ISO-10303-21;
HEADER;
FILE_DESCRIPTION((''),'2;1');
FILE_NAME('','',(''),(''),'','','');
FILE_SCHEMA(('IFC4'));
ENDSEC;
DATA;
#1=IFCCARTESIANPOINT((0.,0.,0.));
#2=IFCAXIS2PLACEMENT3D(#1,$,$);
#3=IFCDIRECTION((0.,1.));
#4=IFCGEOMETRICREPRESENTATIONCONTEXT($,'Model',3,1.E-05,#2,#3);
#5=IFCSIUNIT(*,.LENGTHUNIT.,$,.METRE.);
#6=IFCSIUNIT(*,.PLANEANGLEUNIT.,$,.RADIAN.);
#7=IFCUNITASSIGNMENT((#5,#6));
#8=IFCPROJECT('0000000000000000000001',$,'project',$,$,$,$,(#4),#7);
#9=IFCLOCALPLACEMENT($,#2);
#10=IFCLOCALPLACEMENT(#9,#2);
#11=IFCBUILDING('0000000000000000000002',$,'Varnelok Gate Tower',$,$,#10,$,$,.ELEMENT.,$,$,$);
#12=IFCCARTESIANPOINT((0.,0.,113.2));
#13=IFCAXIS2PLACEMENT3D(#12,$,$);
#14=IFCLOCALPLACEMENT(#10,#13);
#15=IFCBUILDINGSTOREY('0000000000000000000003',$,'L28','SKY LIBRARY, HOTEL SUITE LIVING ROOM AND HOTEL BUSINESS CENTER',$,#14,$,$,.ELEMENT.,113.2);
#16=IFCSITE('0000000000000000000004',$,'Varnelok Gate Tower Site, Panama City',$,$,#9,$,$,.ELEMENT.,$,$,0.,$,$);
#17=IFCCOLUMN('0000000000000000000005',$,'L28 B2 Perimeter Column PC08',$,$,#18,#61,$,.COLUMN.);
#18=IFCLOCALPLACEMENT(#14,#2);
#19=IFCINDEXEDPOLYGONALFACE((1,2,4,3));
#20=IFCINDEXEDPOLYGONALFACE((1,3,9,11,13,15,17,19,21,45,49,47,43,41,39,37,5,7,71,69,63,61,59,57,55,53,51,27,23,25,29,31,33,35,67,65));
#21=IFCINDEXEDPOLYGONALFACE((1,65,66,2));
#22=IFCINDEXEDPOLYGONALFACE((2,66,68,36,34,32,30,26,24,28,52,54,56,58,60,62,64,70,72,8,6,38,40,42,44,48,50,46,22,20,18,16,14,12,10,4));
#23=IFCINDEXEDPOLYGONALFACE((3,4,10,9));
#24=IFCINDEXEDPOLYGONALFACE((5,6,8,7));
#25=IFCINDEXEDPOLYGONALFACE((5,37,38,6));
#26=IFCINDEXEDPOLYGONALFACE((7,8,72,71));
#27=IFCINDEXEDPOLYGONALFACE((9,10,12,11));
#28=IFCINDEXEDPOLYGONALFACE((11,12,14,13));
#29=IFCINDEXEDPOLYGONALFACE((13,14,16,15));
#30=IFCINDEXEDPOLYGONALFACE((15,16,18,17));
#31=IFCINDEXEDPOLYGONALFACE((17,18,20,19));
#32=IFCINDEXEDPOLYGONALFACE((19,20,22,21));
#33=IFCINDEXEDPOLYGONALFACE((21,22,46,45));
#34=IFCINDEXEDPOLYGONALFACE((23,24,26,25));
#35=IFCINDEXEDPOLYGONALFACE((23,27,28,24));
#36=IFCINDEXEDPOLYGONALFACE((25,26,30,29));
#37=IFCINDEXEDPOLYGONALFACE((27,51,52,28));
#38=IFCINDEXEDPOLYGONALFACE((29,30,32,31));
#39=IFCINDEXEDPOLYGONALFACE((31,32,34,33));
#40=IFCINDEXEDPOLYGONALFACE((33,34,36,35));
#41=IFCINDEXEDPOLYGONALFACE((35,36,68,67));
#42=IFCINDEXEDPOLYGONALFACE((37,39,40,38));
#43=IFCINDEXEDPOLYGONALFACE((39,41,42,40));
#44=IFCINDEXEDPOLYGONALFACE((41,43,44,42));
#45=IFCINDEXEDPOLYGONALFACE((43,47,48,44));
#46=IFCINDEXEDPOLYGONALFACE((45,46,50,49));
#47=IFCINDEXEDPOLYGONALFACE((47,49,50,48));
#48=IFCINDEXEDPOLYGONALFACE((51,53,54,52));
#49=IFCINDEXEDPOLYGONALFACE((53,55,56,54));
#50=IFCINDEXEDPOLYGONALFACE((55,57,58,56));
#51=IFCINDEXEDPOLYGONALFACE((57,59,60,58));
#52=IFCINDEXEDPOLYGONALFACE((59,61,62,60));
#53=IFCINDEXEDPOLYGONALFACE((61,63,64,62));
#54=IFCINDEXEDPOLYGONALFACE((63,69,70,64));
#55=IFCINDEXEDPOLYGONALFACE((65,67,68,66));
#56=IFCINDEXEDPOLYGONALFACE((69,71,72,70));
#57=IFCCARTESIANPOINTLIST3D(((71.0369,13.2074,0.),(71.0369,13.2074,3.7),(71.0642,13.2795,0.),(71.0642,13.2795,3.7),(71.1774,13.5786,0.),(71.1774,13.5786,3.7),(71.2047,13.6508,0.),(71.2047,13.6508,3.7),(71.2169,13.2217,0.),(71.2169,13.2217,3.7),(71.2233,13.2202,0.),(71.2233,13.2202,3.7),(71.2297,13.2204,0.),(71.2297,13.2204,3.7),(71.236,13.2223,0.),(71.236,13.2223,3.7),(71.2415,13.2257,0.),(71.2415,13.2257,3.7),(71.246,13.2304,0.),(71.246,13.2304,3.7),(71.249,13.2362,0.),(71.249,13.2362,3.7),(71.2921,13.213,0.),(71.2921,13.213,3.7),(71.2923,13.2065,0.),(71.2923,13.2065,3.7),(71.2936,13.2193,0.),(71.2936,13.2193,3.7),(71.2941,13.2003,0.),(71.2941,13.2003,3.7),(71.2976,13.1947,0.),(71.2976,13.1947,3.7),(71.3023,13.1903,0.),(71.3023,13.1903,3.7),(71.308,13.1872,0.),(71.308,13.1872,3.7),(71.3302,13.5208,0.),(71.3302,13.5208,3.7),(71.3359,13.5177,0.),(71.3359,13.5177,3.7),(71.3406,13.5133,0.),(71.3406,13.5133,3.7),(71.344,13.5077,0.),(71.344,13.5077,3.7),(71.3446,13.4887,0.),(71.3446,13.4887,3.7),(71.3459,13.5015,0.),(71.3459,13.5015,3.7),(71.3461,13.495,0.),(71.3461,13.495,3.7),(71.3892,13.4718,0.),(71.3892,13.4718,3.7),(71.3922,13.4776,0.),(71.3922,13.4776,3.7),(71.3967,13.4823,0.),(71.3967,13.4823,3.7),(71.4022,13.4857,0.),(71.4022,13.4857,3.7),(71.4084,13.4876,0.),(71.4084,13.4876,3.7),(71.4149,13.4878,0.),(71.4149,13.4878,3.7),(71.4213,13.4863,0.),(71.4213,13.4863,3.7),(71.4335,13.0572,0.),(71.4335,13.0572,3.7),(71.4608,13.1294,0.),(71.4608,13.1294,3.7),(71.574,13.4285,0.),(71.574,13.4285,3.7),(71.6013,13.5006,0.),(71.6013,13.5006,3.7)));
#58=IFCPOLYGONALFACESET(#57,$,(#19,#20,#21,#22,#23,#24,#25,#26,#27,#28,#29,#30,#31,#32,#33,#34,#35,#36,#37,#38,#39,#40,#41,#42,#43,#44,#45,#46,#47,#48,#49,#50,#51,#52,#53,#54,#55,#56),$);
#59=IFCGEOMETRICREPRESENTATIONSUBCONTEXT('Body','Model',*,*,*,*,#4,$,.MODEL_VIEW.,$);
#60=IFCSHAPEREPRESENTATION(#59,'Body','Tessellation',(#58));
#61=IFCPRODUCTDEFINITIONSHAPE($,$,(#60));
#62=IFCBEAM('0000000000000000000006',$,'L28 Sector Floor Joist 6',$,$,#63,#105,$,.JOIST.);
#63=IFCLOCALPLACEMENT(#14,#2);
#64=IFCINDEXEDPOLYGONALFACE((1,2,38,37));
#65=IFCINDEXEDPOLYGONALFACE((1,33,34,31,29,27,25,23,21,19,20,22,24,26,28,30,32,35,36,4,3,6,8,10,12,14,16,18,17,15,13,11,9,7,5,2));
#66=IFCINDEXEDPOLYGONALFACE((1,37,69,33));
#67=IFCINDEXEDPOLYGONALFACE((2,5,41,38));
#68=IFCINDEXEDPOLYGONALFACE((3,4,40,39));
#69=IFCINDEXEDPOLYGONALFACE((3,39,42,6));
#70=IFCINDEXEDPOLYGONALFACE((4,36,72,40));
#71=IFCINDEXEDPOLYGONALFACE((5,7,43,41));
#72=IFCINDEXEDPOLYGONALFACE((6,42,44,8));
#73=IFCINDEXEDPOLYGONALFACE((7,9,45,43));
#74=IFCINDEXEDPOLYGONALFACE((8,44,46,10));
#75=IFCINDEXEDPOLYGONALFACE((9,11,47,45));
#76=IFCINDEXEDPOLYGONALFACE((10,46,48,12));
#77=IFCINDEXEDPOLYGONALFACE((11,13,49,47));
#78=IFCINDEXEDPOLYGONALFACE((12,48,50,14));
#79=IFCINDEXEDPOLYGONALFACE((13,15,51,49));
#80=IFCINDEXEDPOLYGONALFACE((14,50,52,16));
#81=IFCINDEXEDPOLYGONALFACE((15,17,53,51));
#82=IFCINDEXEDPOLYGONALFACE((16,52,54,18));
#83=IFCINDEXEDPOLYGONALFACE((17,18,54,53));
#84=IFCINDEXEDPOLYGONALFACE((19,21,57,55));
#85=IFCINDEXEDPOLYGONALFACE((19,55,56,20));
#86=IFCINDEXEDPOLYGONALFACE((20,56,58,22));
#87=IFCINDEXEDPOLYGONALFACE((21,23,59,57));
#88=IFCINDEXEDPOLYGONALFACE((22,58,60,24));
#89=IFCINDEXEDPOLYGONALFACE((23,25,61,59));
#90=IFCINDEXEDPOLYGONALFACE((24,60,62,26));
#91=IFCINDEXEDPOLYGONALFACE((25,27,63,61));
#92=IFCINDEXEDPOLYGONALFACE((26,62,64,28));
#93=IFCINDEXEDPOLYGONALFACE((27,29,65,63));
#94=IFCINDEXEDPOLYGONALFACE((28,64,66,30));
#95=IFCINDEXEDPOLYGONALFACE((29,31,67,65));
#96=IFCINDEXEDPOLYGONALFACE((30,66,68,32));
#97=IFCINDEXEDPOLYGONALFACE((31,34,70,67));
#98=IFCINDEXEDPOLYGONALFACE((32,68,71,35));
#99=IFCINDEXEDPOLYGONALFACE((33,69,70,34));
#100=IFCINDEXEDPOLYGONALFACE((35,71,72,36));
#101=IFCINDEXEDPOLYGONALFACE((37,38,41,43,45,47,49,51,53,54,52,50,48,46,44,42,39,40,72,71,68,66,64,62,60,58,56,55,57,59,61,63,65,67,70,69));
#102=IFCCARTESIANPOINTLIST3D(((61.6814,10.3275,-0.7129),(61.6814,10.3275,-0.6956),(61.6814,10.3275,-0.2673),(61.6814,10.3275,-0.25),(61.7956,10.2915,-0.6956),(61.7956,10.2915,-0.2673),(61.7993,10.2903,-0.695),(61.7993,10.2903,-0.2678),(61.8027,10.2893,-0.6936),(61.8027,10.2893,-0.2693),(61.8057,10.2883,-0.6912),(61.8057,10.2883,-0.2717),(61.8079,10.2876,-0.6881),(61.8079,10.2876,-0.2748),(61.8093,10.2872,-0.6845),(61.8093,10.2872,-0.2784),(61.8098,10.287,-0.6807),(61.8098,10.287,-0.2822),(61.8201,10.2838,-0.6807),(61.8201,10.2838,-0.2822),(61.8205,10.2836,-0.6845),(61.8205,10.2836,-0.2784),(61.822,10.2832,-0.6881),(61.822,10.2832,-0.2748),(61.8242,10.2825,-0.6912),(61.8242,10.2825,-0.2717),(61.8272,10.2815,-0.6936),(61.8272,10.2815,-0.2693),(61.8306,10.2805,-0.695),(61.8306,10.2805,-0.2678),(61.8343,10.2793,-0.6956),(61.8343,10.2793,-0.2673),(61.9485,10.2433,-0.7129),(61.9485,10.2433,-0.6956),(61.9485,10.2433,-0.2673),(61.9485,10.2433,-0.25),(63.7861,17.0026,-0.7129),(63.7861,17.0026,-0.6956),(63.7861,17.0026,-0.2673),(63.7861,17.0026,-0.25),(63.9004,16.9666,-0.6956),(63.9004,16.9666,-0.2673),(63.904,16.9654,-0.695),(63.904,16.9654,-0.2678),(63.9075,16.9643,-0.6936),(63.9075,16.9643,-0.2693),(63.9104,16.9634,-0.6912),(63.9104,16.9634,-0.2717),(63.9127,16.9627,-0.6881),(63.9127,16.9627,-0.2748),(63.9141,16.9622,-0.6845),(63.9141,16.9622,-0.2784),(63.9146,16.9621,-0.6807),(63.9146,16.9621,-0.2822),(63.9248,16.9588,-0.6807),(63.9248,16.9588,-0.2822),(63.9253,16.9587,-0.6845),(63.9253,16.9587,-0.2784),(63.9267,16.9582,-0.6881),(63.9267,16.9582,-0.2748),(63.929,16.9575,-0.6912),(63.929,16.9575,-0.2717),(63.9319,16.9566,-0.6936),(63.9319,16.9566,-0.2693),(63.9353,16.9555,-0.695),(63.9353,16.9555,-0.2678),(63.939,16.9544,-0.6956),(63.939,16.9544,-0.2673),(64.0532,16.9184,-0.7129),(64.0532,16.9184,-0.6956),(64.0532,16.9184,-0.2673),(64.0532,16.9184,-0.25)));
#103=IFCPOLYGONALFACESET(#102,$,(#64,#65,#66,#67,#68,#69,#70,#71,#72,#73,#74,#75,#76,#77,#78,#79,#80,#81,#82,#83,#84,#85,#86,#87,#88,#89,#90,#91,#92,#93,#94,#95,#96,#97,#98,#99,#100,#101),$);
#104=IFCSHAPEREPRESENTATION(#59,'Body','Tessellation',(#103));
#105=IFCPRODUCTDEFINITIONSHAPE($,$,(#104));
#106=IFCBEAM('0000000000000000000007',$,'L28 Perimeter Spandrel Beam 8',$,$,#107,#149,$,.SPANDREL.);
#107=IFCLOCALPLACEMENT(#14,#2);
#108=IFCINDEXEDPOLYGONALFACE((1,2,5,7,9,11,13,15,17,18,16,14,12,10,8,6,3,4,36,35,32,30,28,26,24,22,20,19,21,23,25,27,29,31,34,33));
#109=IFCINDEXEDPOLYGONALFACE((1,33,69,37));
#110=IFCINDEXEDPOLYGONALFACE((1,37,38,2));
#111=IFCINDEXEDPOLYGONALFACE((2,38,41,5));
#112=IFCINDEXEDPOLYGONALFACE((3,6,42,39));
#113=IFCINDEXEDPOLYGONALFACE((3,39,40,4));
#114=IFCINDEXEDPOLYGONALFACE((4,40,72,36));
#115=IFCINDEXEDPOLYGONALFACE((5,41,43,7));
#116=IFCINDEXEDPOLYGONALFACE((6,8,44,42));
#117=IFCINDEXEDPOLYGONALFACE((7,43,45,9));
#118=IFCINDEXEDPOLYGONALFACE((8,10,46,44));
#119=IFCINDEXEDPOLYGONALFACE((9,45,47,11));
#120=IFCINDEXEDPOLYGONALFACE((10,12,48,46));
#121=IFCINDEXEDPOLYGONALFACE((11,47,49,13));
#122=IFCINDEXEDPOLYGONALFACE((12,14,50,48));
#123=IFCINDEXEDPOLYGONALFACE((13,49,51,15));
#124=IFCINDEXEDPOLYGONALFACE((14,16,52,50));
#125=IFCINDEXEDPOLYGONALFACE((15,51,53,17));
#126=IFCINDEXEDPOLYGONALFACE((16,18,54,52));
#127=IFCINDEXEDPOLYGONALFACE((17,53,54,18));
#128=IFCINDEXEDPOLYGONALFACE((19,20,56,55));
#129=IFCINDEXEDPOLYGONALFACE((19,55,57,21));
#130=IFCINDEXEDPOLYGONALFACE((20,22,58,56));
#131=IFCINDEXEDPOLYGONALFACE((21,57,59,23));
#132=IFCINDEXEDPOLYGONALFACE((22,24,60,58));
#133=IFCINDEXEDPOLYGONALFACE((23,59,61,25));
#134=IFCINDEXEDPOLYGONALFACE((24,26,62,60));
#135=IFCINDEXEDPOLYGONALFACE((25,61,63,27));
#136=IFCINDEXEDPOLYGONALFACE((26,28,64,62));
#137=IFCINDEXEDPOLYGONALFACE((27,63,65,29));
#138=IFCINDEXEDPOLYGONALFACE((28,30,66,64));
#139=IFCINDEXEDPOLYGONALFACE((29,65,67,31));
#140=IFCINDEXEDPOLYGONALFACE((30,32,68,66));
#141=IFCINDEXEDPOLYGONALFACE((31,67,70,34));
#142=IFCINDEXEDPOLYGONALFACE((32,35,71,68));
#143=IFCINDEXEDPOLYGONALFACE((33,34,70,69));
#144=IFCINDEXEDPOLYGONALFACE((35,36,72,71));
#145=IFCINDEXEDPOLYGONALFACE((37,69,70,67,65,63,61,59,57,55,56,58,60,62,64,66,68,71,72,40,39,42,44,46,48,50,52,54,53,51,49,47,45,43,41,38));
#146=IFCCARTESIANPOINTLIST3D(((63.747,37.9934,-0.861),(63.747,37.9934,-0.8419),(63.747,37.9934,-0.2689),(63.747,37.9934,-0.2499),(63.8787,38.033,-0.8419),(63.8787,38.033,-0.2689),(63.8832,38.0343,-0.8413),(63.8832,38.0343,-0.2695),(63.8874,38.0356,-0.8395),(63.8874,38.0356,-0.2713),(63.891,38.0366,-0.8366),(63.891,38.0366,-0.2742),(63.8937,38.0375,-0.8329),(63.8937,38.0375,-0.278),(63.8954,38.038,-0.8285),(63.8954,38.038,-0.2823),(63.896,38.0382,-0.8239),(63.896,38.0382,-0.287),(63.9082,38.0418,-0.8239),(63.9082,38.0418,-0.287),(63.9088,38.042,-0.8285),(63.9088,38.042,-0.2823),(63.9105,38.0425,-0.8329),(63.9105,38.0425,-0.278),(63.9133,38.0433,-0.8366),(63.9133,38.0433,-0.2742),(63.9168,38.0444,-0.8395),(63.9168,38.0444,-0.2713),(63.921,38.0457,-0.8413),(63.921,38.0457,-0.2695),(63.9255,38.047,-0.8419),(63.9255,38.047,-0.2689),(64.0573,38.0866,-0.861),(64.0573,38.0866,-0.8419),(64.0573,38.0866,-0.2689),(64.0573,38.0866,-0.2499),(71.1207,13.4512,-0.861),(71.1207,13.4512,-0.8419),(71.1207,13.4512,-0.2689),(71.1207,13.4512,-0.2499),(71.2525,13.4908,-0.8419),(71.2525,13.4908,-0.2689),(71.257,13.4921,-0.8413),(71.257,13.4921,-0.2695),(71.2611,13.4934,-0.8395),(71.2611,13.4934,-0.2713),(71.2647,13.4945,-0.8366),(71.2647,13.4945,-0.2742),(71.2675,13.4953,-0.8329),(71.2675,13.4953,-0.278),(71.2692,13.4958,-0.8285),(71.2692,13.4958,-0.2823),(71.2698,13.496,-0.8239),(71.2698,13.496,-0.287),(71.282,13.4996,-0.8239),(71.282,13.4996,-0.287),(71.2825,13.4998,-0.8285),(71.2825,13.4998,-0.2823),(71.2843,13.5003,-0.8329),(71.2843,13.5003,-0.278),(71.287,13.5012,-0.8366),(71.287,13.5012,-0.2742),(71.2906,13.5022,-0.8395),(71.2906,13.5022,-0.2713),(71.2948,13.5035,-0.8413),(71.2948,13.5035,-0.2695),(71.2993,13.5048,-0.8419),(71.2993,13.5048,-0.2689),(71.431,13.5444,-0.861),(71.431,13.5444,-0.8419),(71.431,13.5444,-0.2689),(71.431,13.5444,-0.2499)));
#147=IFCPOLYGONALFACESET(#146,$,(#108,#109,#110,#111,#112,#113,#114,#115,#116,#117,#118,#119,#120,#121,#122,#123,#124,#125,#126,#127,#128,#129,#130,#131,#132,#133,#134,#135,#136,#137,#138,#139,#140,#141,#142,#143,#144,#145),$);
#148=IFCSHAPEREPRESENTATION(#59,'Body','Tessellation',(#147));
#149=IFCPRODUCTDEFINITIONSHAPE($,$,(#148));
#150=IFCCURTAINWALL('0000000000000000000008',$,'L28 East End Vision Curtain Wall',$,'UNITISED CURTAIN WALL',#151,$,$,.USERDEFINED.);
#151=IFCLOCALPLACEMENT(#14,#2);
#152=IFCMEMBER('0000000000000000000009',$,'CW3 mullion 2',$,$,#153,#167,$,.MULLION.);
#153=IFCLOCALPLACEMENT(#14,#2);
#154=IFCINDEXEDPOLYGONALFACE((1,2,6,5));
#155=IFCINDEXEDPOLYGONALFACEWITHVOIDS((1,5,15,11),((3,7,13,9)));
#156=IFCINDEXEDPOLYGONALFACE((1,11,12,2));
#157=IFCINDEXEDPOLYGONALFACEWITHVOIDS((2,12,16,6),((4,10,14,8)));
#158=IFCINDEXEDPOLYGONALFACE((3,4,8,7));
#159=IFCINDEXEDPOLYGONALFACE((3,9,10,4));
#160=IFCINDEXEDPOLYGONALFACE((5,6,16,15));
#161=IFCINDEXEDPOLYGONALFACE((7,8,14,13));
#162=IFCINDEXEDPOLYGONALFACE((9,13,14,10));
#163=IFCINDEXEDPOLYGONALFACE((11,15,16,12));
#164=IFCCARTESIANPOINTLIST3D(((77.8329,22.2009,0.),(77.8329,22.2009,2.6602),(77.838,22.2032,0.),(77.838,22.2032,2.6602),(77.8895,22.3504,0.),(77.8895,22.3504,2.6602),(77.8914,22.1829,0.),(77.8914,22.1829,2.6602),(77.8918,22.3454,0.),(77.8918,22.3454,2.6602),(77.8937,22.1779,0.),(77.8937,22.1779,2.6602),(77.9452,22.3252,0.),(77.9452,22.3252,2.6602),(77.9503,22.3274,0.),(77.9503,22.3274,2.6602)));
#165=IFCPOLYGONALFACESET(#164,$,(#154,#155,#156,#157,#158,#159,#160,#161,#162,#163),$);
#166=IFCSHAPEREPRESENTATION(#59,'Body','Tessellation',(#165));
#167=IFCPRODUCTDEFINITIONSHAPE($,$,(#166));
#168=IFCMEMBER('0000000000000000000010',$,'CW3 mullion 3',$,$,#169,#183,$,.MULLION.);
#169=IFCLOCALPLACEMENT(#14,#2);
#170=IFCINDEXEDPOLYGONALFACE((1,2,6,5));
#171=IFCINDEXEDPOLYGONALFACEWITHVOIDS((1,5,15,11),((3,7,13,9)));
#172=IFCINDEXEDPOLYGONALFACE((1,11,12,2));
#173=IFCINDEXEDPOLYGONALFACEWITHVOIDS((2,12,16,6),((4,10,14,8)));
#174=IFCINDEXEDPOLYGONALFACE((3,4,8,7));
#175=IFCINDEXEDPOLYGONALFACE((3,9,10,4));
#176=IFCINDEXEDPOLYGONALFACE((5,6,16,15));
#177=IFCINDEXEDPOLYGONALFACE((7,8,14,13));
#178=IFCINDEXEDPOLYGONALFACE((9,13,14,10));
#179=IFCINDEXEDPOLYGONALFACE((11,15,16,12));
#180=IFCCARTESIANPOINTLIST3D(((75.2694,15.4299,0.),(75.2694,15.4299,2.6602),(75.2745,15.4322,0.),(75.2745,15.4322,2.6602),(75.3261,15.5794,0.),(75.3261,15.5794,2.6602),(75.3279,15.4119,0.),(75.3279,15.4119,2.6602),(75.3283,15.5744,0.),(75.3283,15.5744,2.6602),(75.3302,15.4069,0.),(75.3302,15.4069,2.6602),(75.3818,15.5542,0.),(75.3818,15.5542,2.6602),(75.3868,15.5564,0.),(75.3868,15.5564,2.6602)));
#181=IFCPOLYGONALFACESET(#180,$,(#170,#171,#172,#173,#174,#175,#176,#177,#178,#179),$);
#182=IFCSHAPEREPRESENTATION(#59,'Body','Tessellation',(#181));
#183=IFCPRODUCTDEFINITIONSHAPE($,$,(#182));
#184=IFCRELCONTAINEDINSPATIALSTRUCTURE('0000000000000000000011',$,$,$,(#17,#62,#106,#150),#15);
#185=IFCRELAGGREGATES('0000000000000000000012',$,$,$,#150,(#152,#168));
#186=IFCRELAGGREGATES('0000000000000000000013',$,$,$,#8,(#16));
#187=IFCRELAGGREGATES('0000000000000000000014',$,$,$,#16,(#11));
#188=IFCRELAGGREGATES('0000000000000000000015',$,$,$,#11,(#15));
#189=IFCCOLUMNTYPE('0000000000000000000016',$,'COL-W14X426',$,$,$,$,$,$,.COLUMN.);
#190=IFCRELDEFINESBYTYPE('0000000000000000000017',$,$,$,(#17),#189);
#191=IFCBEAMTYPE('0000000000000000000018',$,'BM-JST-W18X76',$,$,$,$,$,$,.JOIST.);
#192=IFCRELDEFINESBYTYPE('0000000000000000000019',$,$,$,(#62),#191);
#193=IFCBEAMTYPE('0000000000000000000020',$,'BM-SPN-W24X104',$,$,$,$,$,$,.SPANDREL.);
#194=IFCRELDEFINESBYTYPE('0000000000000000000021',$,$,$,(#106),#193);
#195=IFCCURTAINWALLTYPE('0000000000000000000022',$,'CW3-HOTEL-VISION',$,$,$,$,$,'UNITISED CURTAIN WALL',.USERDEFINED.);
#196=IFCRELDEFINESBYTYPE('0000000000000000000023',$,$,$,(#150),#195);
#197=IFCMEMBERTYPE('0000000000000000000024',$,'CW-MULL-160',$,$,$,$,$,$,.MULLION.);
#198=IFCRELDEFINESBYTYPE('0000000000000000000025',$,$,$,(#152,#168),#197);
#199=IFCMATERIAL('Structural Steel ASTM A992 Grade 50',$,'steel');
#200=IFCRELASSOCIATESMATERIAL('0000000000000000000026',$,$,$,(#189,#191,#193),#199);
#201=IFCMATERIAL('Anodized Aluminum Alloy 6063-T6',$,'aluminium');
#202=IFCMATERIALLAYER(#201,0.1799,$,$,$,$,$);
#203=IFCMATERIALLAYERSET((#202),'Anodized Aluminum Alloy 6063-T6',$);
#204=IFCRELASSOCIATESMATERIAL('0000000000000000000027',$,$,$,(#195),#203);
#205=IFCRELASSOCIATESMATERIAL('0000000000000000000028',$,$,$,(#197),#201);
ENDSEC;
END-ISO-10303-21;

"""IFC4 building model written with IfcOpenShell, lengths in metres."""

from ifc_helpers import new_model, si_unit, direction, frame, origin, origin_2d, place, context, subcontext, project, spatial, hollow_rectangle, i_section, extrude, material, layer, layer_set, material_profile, profile_set, type_object, element, aggregate, save


model = new_model("IFC4")

# Units and contexts
model_context = context("Model", 3, precision=1e-05, world=origin(), true_north=direction((0.0, 1.0)))
body_context = subcontext(model_context, "Body", "Model", "MODEL_VIEW")
ifc_project = project(units=[si_unit("LENGTHUNIT", "METRE"), si_unit("PLANEANGLEUNIT", "RADIAN")], contexts=[model_context])

# Site, building, storey
site_placement = place(None, origin())
site = spatial("IfcSite", under=ifc_project, at=site_placement, Name="Varnelok Gate Tower Site, Panama City", CompositionType="ELEMENT", RefElevation=0.0)
building_placement = place(site_placement, origin())
building = spatial("IfcBuilding", under=site, at=building_placement, Name="Varnelok Gate Tower", CompositionType="ELEMENT")
storey_placement = place(building_placement, frame((0.0, 0.0, 113.2)))
storey = spatial("IfcBuildingStorey", under=building, at=storey_placement, Name="L28", Description="SKY LIBRARY, HOTEL SUITE LIVING ROOM AND HOTEL BUSINESS CENTER", CompositionType="ELEMENT", Elevation=113.2)

# Column
ifc_material_1 = material(Name="Structural Steel ASTM A992 Grade 50", Category="steel")
ifc_material_profile_1 = material_profile(ifc_material_1, i_section(OverallWidth=0.4241, OverallDepth=0.4741, WebThickness=0.0476, FlangeThickness=0.0771, FilletRadius=0.0249, at=origin_2d()), Name="W14X426")
ifc_profile_set_1 = profile_set([ifc_material_profile_1], Name="Structural Steel ASTM A992 Grade 50")
column_type = type_object("IfcColumnType", Name="COL-W14X426", PredefinedType="COLUMN", material=ifc_profile_set_1)
column_placement = place(storey_placement, frame((71.3191, 13.354, 0.0), z_axis=(0.0, 0.0, 1.0), x_axis=(0.935222, -0.354063, 0.0)))
element("IfcColumn", 1, at=column_placement, inside=storey, type_object=column_type, Name="L28 B2 Perimeter Column PC08", PredefinedType="COLUMN", context=body_context, shape_type="SweptSolid", body=[
    extrude(i_section(OverallWidth=0.4241, OverallDepth=0.4741, WebThickness=0.0476, FlangeThickness=0.0771, FilletRadius=0.0249, at=origin_2d()), origin(), (0.0, 0.0, 1.0), 3.7),
])

# Beams
ifc_material_profile_2 = material_profile(ifc_material_1, i_section(OverallWidth=0.28, OverallDepth=0.4629, WebThickness=0.0107, FlangeThickness=0.0173, FilletRadius=0.0149, at=origin_2d()), Name="W18X76")
ifc_profile_set_2 = profile_set([ifc_material_profile_2], Name="Structural Steel ASTM A992 Grade 50")
beam_type_1 = type_object("IfcBeamType", Name="BM-JST-W18X76", PredefinedType="JOIST", material=ifc_profile_set_2)
beam_1_placement = place(storey_placement, frame((61.8149, 10.2854, -0.4814), z_axis=(0.300719, 0.953713, 0.0), x_axis=(-0.953713, 0.300719, 0.0)))
element("IfcBeam", 2, at=beam_1_placement, inside=storey, type_object=beam_type_1, Name="L28 Sector Floor Joist 6", PredefinedType="JOIST", context=body_context, shape_type="SweptSolid", body=[
    extrude(i_section(OverallWidth=0.28, OverallDepth=0.4629, WebThickness=0.0107, FlangeThickness=0.0173, FilletRadius=0.0149, at=origin_2d()), origin(), (0.0, 0.0, 1.0), 6.999),
])
ifc_material_profile_3 = material_profile(ifc_material_1, i_section(OverallWidth=0.324, OverallDepth=0.6111, WebThickness=0.0127, FlangeThickness=0.019, FilletRadius=0.0181, at=origin_2d()), Name="W24X104")
ifc_profile_set_3 = profile_set([ifc_material_profile_3], Name="Structural Steel ASTM A992 Grade 50")
beam_type_2 = type_object("IfcBeamType", Name="BM-SPN-W24X104", PredefinedType="SPANDREL", material=ifc_profile_set_3)
beam_2_placement = place(storey_placement, frame((71.2759, 13.4978, -0.5554), z_axis=(-0.287746, 0.957707, 0.0), x_axis=(-0.957707, -0.287746, 0.0)))
element("IfcBeam", 3, at=beam_2_placement, inside=storey, type_object=beam_type_2, Name="L28 Perimeter Spandrel Beam 8", PredefinedType="SPANDREL", context=body_context, shape_type="SweptSolid", body=[
    extrude(i_section(OverallWidth=0.324, OverallDepth=0.6111, WebThickness=0.0127, FlangeThickness=0.019, FilletRadius=0.0181, at=origin_2d()), origin(), (0.0, 0.0, 1.0), 25.626),
])

# Curtain wall, members
ifc_material_2 = material(Name="Anodized Aluminum Alloy 6063-T6", Category="aluminium")
ifc_layer_1 = layer(ifc_material_2, 0.1799)
ifc_layer_set_1 = layer_set([ifc_layer_1], Name="Anodized Aluminum Alloy 6063-T6")
curtain_wall_type = type_object("IfcCurtainWallType", Name="CW3-HOTEL-VISION", ElementType="UNITISED CURTAIN WALL", PredefinedType="USERDEFINED", material=ifc_layer_set_1)
curtain_wall_placement = place(storey_placement, origin())
curtain_wall = element("IfcCurtainWall", 4, at=curtain_wall_placement, inside=storey, type_object=curtain_wall_type, Name="L28 East End Vision Curtain Wall", ObjectType="UNITISED CURTAIN WALL", PredefinedType="USERDEFINED")
ifc_material_profile_4 = material_profile(ifc_material_2, hollow_rectangle(XDim=0.0649, YDim=0.1599, WallThickness=0.0039, at=origin_2d()), Name="ALU160X65X4")
ifc_profile_set_4 = profile_set([ifc_material_profile_4], Name="Anodized Aluminum Alloy 6063-T6")
member_type_1 = type_object("IfcMemberType", Name="CW-MULL-160", PredefinedType="MULLION", material=ifc_profile_set_4)
member_1_placement = place(storey_placement, frame((77.8916, 22.2642, 0.0), z_axis=(0.0, 0.0, 1.0), x_axis=(0.935221, -0.354064, 0.0)))
member_1 = element("IfcMember", 5, at=member_1_placement, type_object=member_type_1, Name="CW3 mullion 2", PredefinedType="MULLION", context=body_context, shape_type="SweptSolid", body=[
    extrude(hollow_rectangle(XDim=0.0649, YDim=0.1599, WallThickness=0.0039, at=origin_2d()), origin(), (0.0, 0.0, 1.0), 2.6602),
])
member_2_placement = place(storey_placement, frame((75.3281, 15.4932, 0.0), z_axis=(0.0, 0.0, 1.0), x_axis=(0.935221, -0.354064, 0.0)))
member_2 = element("IfcMember", 6, at=member_2_placement, type_object=member_type_1, Name="CW3 mullion 3", PredefinedType="MULLION", context=body_context, shape_type="SweptSolid", body=[
    extrude(hollow_rectangle(XDim=0.0649, YDim=0.1599, WallThickness=0.0039, at=origin_2d()), origin(), (0.0, 0.0, 1.0), 2.6602),
])
aggregate(curtain_wall, [member_1, member_2])

save(model, "model.ifc")
